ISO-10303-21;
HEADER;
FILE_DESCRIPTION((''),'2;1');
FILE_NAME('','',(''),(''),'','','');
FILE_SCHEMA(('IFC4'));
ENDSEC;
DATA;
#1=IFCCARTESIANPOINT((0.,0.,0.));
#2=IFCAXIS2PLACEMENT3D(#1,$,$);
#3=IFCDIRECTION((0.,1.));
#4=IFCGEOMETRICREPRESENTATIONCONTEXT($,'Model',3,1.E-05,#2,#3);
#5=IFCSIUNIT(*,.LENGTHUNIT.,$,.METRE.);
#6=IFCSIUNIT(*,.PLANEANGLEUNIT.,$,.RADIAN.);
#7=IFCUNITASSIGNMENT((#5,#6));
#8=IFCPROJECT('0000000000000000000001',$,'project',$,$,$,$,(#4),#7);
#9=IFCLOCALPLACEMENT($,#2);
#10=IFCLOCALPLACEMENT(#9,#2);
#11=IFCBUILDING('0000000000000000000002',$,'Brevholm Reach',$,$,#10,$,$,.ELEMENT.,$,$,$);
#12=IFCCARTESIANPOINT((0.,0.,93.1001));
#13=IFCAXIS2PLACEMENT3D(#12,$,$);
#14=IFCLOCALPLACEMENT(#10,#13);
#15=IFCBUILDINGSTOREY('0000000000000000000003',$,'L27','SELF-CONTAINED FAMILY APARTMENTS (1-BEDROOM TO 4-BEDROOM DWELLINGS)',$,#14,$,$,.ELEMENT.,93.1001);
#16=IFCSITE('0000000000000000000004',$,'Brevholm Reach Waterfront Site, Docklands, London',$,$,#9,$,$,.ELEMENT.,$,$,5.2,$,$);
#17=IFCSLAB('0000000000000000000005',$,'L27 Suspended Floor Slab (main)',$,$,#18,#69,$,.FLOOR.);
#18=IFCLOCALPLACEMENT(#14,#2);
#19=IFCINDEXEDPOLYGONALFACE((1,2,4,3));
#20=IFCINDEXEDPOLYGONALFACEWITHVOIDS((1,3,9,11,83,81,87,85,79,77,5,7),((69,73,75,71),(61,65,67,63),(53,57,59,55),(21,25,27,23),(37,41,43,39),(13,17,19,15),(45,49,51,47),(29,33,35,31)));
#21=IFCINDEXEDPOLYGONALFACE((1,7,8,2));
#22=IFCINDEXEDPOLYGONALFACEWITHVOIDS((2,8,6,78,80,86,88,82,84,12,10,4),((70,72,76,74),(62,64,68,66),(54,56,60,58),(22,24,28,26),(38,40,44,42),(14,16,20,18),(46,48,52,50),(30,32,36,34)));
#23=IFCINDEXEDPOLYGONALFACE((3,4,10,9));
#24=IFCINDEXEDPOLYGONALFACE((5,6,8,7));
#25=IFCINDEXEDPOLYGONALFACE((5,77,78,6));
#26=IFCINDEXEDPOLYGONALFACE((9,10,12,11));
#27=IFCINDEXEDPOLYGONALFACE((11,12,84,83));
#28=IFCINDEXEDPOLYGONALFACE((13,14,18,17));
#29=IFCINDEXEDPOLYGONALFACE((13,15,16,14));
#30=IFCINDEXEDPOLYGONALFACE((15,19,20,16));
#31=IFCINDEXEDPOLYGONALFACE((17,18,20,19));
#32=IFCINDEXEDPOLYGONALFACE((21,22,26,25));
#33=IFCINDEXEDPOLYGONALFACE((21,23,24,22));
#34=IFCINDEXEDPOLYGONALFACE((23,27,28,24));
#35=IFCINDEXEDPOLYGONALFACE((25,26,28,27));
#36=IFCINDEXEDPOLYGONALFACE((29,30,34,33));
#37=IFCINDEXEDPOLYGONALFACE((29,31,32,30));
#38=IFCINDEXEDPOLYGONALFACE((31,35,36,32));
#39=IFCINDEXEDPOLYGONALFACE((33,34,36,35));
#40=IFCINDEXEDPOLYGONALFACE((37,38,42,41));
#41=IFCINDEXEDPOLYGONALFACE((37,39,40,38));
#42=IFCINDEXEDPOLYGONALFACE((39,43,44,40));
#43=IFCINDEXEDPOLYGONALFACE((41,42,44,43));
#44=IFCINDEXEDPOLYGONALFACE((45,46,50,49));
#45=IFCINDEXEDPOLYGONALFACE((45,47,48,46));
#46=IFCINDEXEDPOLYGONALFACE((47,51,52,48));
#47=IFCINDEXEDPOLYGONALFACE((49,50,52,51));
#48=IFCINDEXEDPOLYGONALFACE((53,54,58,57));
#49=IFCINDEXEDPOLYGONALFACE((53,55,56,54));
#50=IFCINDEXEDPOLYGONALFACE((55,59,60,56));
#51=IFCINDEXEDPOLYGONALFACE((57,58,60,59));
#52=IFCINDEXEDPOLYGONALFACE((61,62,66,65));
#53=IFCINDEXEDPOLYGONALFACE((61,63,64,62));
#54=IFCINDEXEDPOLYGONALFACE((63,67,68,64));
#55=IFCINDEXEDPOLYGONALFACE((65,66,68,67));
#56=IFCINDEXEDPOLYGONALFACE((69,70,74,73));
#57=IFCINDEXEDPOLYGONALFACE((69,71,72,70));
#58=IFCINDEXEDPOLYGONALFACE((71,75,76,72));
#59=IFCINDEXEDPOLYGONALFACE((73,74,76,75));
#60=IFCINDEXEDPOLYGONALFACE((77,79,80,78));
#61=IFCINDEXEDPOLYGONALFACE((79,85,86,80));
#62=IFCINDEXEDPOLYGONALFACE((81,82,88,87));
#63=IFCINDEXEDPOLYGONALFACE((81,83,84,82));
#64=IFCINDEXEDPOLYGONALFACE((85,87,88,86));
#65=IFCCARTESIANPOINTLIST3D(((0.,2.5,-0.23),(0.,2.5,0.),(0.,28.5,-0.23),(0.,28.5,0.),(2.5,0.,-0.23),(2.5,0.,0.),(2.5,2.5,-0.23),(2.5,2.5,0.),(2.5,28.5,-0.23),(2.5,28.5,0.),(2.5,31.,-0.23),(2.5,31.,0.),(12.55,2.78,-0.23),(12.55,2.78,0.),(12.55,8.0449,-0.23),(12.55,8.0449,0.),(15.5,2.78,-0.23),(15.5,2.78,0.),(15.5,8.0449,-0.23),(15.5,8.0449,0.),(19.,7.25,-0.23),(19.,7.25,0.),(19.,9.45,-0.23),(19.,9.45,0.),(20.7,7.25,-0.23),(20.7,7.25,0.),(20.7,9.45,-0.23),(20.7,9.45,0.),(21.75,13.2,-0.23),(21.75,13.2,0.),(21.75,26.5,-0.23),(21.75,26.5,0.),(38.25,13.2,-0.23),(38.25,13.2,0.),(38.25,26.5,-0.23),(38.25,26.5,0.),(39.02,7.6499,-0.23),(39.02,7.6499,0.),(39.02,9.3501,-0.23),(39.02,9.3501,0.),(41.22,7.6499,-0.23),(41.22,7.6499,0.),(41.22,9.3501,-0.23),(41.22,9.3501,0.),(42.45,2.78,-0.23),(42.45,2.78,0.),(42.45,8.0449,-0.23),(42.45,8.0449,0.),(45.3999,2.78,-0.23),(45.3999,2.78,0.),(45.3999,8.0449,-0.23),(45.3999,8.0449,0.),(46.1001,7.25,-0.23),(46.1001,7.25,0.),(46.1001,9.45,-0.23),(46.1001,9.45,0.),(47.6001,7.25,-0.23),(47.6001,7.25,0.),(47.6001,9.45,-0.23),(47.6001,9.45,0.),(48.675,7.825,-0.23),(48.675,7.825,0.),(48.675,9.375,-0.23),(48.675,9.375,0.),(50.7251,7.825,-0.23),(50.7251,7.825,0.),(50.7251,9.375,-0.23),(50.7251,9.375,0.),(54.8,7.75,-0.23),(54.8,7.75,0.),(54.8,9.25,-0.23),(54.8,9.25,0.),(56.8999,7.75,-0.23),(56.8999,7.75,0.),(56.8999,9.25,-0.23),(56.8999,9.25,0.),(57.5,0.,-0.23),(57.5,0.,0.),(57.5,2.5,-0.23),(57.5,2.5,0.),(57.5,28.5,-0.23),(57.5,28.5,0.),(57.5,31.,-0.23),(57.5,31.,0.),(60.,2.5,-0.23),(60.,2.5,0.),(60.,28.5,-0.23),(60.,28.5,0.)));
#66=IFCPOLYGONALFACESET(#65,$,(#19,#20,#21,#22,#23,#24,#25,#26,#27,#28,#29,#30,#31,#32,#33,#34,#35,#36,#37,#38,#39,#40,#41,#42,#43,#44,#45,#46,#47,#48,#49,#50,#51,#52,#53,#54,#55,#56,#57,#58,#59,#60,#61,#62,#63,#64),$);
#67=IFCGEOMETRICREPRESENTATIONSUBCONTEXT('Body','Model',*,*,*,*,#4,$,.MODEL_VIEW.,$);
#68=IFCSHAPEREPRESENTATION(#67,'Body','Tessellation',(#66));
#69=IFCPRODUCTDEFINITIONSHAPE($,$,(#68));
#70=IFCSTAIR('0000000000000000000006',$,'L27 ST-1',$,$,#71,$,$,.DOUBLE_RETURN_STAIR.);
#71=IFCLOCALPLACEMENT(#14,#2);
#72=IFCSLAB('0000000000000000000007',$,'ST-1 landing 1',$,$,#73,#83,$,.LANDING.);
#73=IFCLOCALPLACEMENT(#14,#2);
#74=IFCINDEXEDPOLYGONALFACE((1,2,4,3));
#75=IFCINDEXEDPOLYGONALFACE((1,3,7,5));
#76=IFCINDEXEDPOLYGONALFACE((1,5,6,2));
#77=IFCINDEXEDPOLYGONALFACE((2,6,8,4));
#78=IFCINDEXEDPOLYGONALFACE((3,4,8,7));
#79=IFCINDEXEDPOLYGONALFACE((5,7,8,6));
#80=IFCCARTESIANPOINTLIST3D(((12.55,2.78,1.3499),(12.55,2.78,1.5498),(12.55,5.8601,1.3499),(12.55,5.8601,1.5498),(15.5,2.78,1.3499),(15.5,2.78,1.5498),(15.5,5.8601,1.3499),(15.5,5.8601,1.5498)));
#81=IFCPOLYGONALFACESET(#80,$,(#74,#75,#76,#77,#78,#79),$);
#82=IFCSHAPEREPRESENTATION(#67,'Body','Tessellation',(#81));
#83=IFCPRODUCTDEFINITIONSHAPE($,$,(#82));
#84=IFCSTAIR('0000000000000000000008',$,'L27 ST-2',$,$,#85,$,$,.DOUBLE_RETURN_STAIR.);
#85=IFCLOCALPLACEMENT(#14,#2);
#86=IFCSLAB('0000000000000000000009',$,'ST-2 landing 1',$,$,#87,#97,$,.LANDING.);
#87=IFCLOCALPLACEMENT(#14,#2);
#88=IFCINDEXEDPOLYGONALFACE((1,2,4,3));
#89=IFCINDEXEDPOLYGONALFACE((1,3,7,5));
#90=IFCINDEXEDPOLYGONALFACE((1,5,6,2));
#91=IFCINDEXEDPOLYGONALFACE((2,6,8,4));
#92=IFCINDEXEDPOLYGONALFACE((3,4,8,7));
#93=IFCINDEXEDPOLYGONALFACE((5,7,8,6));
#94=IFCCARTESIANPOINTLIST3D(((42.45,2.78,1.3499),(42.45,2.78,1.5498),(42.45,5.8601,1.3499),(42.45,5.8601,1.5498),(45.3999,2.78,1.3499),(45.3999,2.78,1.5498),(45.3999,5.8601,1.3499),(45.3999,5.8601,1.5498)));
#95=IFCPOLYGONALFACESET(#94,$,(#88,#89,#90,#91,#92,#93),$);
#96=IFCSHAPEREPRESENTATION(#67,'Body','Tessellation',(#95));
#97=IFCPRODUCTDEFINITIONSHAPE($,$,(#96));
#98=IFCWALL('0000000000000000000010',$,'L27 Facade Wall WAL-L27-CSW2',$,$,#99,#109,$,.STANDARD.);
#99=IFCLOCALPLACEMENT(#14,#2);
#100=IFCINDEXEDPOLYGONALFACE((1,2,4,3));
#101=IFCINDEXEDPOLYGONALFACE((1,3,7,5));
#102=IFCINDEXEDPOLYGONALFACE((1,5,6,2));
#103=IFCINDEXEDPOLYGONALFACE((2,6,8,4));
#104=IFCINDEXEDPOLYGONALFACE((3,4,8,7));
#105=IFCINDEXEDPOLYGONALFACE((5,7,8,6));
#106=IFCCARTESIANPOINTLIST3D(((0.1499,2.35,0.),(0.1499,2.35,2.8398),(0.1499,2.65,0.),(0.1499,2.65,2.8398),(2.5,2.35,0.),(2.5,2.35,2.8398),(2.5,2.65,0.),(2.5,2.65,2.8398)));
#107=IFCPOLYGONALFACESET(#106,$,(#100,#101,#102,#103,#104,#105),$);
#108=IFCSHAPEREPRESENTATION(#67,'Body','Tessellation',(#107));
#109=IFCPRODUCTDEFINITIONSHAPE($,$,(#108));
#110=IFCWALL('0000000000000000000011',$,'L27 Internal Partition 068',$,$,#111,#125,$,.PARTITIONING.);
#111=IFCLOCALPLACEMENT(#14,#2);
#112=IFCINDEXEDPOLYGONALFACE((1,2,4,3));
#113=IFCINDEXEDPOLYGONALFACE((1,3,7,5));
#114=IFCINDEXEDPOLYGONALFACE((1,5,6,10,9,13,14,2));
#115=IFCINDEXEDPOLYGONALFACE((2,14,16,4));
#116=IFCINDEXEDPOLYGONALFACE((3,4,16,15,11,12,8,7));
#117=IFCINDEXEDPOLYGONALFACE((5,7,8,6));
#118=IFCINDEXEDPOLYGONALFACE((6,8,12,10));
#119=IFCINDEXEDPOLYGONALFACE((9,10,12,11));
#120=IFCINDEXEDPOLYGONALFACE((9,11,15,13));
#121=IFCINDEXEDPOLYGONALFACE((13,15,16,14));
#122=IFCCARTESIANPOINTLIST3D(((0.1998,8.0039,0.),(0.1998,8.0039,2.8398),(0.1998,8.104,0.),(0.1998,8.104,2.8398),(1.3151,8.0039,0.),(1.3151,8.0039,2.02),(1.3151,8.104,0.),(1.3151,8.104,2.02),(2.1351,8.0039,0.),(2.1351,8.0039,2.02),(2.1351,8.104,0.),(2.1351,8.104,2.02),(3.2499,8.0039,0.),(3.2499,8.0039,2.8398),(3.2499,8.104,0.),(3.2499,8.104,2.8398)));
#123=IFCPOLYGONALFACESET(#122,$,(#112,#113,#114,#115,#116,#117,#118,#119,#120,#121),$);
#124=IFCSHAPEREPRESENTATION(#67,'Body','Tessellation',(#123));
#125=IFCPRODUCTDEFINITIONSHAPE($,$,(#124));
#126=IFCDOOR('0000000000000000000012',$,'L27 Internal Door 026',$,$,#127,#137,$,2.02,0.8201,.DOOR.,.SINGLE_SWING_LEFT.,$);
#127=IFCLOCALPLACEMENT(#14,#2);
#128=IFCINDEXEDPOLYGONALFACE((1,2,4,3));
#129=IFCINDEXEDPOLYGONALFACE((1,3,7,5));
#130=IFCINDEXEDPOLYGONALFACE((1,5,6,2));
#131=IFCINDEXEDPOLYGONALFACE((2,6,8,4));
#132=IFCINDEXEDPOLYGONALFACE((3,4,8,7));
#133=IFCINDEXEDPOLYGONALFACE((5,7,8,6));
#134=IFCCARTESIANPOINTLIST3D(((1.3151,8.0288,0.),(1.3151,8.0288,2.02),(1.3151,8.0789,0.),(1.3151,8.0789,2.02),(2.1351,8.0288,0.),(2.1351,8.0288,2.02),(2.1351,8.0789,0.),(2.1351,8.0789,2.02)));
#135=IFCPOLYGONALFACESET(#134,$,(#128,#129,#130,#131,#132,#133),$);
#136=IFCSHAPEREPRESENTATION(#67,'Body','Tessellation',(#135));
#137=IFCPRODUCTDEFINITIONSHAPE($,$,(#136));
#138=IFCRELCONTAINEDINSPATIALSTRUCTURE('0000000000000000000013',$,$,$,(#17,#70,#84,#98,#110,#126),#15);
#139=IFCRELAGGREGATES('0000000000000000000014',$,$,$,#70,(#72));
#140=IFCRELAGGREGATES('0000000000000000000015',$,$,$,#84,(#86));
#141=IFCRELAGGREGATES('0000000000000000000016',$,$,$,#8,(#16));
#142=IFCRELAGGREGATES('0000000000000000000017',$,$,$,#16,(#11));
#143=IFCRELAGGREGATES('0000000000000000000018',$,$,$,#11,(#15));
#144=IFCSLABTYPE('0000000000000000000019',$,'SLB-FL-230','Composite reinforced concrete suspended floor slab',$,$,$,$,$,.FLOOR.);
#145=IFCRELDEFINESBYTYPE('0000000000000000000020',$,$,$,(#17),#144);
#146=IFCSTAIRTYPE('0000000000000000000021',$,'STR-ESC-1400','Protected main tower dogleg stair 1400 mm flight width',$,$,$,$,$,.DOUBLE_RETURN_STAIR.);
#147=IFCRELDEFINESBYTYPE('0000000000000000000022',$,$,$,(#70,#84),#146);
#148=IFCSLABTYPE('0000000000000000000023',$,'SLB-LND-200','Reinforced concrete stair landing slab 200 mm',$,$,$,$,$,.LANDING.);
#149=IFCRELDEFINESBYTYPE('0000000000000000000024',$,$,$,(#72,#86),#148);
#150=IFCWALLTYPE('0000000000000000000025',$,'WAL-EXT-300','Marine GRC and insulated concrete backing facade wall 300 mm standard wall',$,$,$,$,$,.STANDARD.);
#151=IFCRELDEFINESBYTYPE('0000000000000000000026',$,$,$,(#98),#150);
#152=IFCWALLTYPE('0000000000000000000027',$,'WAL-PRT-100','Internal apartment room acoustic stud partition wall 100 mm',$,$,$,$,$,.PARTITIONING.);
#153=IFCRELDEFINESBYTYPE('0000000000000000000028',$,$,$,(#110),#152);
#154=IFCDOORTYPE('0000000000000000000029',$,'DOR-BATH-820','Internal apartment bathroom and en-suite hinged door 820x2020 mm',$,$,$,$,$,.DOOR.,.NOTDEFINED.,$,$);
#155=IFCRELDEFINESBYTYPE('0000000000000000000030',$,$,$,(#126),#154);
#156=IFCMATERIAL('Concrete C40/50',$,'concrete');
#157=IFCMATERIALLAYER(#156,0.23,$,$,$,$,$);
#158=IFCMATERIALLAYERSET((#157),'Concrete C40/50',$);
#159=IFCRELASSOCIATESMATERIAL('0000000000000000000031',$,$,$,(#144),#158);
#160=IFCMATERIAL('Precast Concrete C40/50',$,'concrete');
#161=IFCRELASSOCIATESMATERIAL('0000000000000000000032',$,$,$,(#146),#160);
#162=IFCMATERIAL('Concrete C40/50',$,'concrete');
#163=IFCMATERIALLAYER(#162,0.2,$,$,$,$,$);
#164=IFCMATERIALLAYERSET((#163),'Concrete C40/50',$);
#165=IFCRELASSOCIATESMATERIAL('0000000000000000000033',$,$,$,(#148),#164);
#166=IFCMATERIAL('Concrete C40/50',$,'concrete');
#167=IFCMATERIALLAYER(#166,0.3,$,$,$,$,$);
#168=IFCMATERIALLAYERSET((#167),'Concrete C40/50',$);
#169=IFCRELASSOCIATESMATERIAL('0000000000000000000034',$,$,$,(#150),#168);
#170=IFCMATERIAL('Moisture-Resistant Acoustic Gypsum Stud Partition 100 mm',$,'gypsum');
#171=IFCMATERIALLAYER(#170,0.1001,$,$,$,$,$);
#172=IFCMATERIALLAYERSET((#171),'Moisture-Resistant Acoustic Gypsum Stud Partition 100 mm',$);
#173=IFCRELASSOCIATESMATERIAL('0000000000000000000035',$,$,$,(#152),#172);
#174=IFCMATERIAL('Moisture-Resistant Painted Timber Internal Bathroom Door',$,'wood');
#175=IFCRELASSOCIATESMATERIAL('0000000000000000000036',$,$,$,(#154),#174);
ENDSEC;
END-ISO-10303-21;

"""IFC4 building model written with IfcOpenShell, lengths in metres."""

from ifc_helpers import new_model, si_unit, direction, frame, frame_2d, origin, place, context, subcontext, project, spatial, polyline, rectangle, outline, extrude, material, layer, layer_set, type_object, element, fill, aggregate, save


model = new_model("IFC4")

# Units and contexts
model_context = context("Model", 3, precision=1e-05, world=origin(), true_north=direction((0.0, 1.0)))
body_context = subcontext(model_context, "Body", "Model", "MODEL_VIEW")
ifc_project = project(units=[si_unit("LENGTHUNIT", "METRE"), si_unit("PLANEANGLEUNIT", "RADIAN")], contexts=[model_context])

# Site, building, storey
site_placement = place(None, origin())
site = spatial("IfcSite", under=ifc_project, at=site_placement, Name="Brevholm Reach Waterfront Site, Docklands, London", CompositionType="ELEMENT", RefElevation=5.2)
building_placement = place(site_placement, origin())
building = spatial("IfcBuilding", under=site, at=building_placement, Name="Brevholm Reach", CompositionType="ELEMENT")
storey_placement = place(building_placement, frame((0.0, 0.0, 93.1001)))
storey = spatial("IfcBuildingStorey", under=building, at=storey_placement, Name="L27", Description="SELF-CONTAINED FAMILY APARTMENTS (1-BEDROOM TO 4-BEDROOM DWELLINGS)", CompositionType="ELEMENT", Elevation=93.1001)

# Slab
ifc_material_1 = material(Name="Concrete C40/50", Category="concrete")
ifc_layer_1 = layer(ifc_material_1, 0.23)
ifc_layer_set_1 = layer_set([ifc_layer_1], Name="Concrete C40/50")
slab_type_1 = type_object("IfcSlabType", Name="SLB-FL-230", Description="Composite reinforced concrete suspended floor slab", PredefinedType="FLOOR", material=ifc_layer_set_1)
slab_1_placement = place(storey_placement, frame((0.0, 0.0, -0.23)))
element("IfcSlab", 1, at=slab_1_placement, inside=storey, type_object=slab_type_1, Name="L27 Suspended Floor Slab (main)", PredefinedType="FLOOR", context=body_context, shape_type="SweptSolid", body=[
    extrude(outline(polyline([(2.5, 0.0), (57.5, 0.0), (57.5, 2.5), (60.0, 2.5), (60.0, 28.5), (57.5, 28.5), (57.5, 31.0), (2.5, 31.0), (2.5, 28.5), (0.0, 28.5), (0.0, 2.5), (2.5, 2.5), (2.5, 0.0)]), holes=[polyline([(21.75, 13.2), (38.25, 13.2), (38.25, 26.5), (21.75, 26.5), (21.75, 13.2)]), polyline([(12.55, 2.78), (15.5, 2.78), (15.5, 8.0449), (12.55, 8.0449), (12.55, 2.78)]), polyline([(42.45, 2.78), (45.3999, 2.78), (45.3999, 8.0449), (42.45, 8.0449), (42.45, 2.78)]), polyline([(19.0, 7.25), (20.7, 7.25), (20.7, 9.45), (19.0, 9.45), (19.0, 7.25)]), polyline([(46.1001, 7.25), (47.6001, 7.25), (47.6001, 9.45), (46.1001, 9.45), (46.1001, 7.25)]), polyline([(48.675, 7.825), (50.7251, 7.825), (50.7251, 9.375), (48.675, 9.375), (48.675, 7.825)]), polyline([(54.8, 7.75), (56.8999, 7.75), (56.8999, 9.25), (54.8, 9.25), (54.8, 7.75)]), polyline([(39.02, 7.6499), (41.22, 7.6499), (41.22, 9.3501), (39.02, 9.3501), (39.02, 7.6499)])]), origin(), (0.0, 0.0, 1.0), 0.23),
])

# Stairs, slabs
ifc_material_2 = material(Name="Precast Concrete C40/50", Category="concrete")
stair_type = type_object("IfcStairType", Name="STR-ESC-1400", Description="Protected main tower dogleg stair 1400 mm flight width", PredefinedType="DOUBLE_RETURN_STAIR", material=ifc_material_2)
stair_1_placement = place(storey_placement, origin())
stair_1 = element("IfcStair", 2, at=stair_1_placement, inside=storey, type_object=stair_type, Name="L27 ST-1", PredefinedType="DOUBLE_RETURN_STAIR")
ifc_material_3 = material(Name="Concrete C40/50", Category="concrete")
ifc_layer_2 = layer(ifc_material_3, 0.2)
ifc_layer_set_2 = layer_set([ifc_layer_2], Name="Concrete C40/50")
slab_type_2 = type_object("IfcSlabType", Name="SLB-LND-200", Description="Reinforced concrete stair landing slab 200 mm", PredefinedType="LANDING", material=ifc_layer_set_2)
slab_2_placement = place(storey_placement, frame((0.0, 0.0, 1.3499)))
slab_2 = element("IfcSlab", 3, at=slab_2_placement, type_object=slab_type_2, Name="ST-1 landing 1", PredefinedType="LANDING", context=body_context, shape_type="SweptSolid", body=[
    extrude(outline(polyline([(12.55, 5.8601), (12.55, 2.78), (15.5, 2.78), (15.5, 5.8601), (12.55, 5.8601)])), origin(), (0.0, 0.0, 1.0), 0.2),
])
aggregate(stair_1, [slab_2])
stair_2_placement = place(storey_placement, origin())
stair_2 = element("IfcStair", 4, at=stair_2_placement, inside=storey, type_object=stair_type, Name="L27 ST-2", PredefinedType="DOUBLE_RETURN_STAIR")
slab_3_placement = place(storey_placement, frame((0.0, 0.0, 1.3499)))
slab_3 = element("IfcSlab", 5, at=slab_3_placement, type_object=slab_type_2, Name="ST-2 landing 1", PredefinedType="LANDING", context=body_context, shape_type="SweptSolid", body=[
    extrude(outline(polyline([(42.45, 5.8601), (42.45, 2.78), (45.3999, 2.78), (45.3999, 5.8601), (42.45, 5.8601)])), origin(), (0.0, 0.0, 1.0), 0.2),
])
aggregate(stair_2, [slab_3])

# Wall
ifc_material_4 = material(Name="Concrete C40/50", Category="concrete")
ifc_layer_3 = layer(ifc_material_4, 0.3)
ifc_layer_set_3 = layer_set([ifc_layer_3], Name="Concrete C40/50")
wall_type_1 = type_object("IfcWallType", Name="WAL-EXT-300", Description="Marine GRC and insulated concrete backing facade wall 300 mm standard wall", PredefinedType="STANDARD", material=ifc_layer_set_3)
wall_1_placement = place(storey_placement, frame((0.1499, 2.5, 0.0), z_axis=(0.0, 0.0, 1.0), x_axis=(1.0, 0.0, 0.0)))
element("IfcWall", 6, at=wall_1_placement, inside=storey, type_object=wall_type_1, Name="L27 Facade Wall WAL-L27-CSW2", PredefinedType="STANDARD", context=body_context, shape_type="SweptSolid", body=[
    extrude(rectangle(XDim=2.3501, YDim=0.3, at=frame_2d((1.175, 0.0))), origin(), (0.0, 0.0, 1.0), 2.8398),
])

# Wall, opening, door
ifc_material_5 = material(Name="Moisture-Resistant Acoustic Gypsum Stud Partition 100 mm", Category="gypsum")
ifc_layer_4 = layer(ifc_material_5, 0.1001)
ifc_layer_set_4 = layer_set([ifc_layer_4], Name="Moisture-Resistant Acoustic Gypsum Stud Partition 100 mm")
wall_type_2 = type_object("IfcWallType", Name="WAL-PRT-100", Description="Internal apartment room acoustic stud partition wall 100 mm", PredefinedType="PARTITIONING", material=ifc_layer_set_4)
wall_2_placement = place(storey_placement, frame((0.2, 8.054, 0.0), z_axis=(0.0, 0.0, 1.0), x_axis=(1.0, 0.0, 0.0)))
wall_2 = element("IfcWall", 7, at=wall_2_placement, inside=storey, type_object=wall_type_2, Name="L27 Internal Partition 068", PredefinedType="PARTITIONING", context=body_context, shape_type="SweptSolid", body=[
    extrude(rectangle(XDim=3.05, YDim=0.1001, at=frame_2d((1.5249, 0.0))), origin(), (0.0, 0.0, 1.0), 2.8398),
])
opening_placement = place(wall_2_placement, frame((1.115, 0.0, 0.0)))
opening = element("IfcOpeningElement", 8, at=opening_placement, cuts=wall_2, PredefinedType="OPENING", context=body_context, shape_type="SweptSolid", body=[
    extrude(rectangle(XDim=0.8201, YDim=2.02, at=frame_2d((0.4102, 1.01))), frame((0.0, 0.0601, 0.0), z_axis=(0.0, -1.0, 0.0), x_axis=(1.0, 0.0, 0.0)), (0.0, 0.0, 1.0), 0.1201),
])
ifc_material_6 = material(Name="Moisture-Resistant Painted Timber Internal Bathroom Door", Category="wood")
door_type = type_object("IfcDoorType", Name="DOR-BATH-820", Description="Internal apartment bathroom and en-suite hinged door 820x2020 mm", OperationType="NOTDEFINED", PredefinedType="DOOR", material=ifc_material_6)
door_placement = place(opening_placement, origin())
door = element("IfcDoor", 9, at=door_placement, inside=storey, type_object=door_type, Name="L27 Internal Door 026", OperationType="SINGLE_SWING_LEFT", OverallHeight=2.02, OverallWidth=0.8201, PredefinedType="DOOR", context=body_context, shape_type="SweptSolid", body=[
    extrude(rectangle(XDim=0.8201, YDim=2.02, at=frame_2d((0.4102, 1.01))), frame((0.0, 0.0249, 0.0), z_axis=(0.0, -1.0, 0.0), x_axis=(1.0, 0.0, 0.0)), (0.0, 0.0, 1.0), 0.05),
])
fill(opening, door)

save(model, "model.ifc")
